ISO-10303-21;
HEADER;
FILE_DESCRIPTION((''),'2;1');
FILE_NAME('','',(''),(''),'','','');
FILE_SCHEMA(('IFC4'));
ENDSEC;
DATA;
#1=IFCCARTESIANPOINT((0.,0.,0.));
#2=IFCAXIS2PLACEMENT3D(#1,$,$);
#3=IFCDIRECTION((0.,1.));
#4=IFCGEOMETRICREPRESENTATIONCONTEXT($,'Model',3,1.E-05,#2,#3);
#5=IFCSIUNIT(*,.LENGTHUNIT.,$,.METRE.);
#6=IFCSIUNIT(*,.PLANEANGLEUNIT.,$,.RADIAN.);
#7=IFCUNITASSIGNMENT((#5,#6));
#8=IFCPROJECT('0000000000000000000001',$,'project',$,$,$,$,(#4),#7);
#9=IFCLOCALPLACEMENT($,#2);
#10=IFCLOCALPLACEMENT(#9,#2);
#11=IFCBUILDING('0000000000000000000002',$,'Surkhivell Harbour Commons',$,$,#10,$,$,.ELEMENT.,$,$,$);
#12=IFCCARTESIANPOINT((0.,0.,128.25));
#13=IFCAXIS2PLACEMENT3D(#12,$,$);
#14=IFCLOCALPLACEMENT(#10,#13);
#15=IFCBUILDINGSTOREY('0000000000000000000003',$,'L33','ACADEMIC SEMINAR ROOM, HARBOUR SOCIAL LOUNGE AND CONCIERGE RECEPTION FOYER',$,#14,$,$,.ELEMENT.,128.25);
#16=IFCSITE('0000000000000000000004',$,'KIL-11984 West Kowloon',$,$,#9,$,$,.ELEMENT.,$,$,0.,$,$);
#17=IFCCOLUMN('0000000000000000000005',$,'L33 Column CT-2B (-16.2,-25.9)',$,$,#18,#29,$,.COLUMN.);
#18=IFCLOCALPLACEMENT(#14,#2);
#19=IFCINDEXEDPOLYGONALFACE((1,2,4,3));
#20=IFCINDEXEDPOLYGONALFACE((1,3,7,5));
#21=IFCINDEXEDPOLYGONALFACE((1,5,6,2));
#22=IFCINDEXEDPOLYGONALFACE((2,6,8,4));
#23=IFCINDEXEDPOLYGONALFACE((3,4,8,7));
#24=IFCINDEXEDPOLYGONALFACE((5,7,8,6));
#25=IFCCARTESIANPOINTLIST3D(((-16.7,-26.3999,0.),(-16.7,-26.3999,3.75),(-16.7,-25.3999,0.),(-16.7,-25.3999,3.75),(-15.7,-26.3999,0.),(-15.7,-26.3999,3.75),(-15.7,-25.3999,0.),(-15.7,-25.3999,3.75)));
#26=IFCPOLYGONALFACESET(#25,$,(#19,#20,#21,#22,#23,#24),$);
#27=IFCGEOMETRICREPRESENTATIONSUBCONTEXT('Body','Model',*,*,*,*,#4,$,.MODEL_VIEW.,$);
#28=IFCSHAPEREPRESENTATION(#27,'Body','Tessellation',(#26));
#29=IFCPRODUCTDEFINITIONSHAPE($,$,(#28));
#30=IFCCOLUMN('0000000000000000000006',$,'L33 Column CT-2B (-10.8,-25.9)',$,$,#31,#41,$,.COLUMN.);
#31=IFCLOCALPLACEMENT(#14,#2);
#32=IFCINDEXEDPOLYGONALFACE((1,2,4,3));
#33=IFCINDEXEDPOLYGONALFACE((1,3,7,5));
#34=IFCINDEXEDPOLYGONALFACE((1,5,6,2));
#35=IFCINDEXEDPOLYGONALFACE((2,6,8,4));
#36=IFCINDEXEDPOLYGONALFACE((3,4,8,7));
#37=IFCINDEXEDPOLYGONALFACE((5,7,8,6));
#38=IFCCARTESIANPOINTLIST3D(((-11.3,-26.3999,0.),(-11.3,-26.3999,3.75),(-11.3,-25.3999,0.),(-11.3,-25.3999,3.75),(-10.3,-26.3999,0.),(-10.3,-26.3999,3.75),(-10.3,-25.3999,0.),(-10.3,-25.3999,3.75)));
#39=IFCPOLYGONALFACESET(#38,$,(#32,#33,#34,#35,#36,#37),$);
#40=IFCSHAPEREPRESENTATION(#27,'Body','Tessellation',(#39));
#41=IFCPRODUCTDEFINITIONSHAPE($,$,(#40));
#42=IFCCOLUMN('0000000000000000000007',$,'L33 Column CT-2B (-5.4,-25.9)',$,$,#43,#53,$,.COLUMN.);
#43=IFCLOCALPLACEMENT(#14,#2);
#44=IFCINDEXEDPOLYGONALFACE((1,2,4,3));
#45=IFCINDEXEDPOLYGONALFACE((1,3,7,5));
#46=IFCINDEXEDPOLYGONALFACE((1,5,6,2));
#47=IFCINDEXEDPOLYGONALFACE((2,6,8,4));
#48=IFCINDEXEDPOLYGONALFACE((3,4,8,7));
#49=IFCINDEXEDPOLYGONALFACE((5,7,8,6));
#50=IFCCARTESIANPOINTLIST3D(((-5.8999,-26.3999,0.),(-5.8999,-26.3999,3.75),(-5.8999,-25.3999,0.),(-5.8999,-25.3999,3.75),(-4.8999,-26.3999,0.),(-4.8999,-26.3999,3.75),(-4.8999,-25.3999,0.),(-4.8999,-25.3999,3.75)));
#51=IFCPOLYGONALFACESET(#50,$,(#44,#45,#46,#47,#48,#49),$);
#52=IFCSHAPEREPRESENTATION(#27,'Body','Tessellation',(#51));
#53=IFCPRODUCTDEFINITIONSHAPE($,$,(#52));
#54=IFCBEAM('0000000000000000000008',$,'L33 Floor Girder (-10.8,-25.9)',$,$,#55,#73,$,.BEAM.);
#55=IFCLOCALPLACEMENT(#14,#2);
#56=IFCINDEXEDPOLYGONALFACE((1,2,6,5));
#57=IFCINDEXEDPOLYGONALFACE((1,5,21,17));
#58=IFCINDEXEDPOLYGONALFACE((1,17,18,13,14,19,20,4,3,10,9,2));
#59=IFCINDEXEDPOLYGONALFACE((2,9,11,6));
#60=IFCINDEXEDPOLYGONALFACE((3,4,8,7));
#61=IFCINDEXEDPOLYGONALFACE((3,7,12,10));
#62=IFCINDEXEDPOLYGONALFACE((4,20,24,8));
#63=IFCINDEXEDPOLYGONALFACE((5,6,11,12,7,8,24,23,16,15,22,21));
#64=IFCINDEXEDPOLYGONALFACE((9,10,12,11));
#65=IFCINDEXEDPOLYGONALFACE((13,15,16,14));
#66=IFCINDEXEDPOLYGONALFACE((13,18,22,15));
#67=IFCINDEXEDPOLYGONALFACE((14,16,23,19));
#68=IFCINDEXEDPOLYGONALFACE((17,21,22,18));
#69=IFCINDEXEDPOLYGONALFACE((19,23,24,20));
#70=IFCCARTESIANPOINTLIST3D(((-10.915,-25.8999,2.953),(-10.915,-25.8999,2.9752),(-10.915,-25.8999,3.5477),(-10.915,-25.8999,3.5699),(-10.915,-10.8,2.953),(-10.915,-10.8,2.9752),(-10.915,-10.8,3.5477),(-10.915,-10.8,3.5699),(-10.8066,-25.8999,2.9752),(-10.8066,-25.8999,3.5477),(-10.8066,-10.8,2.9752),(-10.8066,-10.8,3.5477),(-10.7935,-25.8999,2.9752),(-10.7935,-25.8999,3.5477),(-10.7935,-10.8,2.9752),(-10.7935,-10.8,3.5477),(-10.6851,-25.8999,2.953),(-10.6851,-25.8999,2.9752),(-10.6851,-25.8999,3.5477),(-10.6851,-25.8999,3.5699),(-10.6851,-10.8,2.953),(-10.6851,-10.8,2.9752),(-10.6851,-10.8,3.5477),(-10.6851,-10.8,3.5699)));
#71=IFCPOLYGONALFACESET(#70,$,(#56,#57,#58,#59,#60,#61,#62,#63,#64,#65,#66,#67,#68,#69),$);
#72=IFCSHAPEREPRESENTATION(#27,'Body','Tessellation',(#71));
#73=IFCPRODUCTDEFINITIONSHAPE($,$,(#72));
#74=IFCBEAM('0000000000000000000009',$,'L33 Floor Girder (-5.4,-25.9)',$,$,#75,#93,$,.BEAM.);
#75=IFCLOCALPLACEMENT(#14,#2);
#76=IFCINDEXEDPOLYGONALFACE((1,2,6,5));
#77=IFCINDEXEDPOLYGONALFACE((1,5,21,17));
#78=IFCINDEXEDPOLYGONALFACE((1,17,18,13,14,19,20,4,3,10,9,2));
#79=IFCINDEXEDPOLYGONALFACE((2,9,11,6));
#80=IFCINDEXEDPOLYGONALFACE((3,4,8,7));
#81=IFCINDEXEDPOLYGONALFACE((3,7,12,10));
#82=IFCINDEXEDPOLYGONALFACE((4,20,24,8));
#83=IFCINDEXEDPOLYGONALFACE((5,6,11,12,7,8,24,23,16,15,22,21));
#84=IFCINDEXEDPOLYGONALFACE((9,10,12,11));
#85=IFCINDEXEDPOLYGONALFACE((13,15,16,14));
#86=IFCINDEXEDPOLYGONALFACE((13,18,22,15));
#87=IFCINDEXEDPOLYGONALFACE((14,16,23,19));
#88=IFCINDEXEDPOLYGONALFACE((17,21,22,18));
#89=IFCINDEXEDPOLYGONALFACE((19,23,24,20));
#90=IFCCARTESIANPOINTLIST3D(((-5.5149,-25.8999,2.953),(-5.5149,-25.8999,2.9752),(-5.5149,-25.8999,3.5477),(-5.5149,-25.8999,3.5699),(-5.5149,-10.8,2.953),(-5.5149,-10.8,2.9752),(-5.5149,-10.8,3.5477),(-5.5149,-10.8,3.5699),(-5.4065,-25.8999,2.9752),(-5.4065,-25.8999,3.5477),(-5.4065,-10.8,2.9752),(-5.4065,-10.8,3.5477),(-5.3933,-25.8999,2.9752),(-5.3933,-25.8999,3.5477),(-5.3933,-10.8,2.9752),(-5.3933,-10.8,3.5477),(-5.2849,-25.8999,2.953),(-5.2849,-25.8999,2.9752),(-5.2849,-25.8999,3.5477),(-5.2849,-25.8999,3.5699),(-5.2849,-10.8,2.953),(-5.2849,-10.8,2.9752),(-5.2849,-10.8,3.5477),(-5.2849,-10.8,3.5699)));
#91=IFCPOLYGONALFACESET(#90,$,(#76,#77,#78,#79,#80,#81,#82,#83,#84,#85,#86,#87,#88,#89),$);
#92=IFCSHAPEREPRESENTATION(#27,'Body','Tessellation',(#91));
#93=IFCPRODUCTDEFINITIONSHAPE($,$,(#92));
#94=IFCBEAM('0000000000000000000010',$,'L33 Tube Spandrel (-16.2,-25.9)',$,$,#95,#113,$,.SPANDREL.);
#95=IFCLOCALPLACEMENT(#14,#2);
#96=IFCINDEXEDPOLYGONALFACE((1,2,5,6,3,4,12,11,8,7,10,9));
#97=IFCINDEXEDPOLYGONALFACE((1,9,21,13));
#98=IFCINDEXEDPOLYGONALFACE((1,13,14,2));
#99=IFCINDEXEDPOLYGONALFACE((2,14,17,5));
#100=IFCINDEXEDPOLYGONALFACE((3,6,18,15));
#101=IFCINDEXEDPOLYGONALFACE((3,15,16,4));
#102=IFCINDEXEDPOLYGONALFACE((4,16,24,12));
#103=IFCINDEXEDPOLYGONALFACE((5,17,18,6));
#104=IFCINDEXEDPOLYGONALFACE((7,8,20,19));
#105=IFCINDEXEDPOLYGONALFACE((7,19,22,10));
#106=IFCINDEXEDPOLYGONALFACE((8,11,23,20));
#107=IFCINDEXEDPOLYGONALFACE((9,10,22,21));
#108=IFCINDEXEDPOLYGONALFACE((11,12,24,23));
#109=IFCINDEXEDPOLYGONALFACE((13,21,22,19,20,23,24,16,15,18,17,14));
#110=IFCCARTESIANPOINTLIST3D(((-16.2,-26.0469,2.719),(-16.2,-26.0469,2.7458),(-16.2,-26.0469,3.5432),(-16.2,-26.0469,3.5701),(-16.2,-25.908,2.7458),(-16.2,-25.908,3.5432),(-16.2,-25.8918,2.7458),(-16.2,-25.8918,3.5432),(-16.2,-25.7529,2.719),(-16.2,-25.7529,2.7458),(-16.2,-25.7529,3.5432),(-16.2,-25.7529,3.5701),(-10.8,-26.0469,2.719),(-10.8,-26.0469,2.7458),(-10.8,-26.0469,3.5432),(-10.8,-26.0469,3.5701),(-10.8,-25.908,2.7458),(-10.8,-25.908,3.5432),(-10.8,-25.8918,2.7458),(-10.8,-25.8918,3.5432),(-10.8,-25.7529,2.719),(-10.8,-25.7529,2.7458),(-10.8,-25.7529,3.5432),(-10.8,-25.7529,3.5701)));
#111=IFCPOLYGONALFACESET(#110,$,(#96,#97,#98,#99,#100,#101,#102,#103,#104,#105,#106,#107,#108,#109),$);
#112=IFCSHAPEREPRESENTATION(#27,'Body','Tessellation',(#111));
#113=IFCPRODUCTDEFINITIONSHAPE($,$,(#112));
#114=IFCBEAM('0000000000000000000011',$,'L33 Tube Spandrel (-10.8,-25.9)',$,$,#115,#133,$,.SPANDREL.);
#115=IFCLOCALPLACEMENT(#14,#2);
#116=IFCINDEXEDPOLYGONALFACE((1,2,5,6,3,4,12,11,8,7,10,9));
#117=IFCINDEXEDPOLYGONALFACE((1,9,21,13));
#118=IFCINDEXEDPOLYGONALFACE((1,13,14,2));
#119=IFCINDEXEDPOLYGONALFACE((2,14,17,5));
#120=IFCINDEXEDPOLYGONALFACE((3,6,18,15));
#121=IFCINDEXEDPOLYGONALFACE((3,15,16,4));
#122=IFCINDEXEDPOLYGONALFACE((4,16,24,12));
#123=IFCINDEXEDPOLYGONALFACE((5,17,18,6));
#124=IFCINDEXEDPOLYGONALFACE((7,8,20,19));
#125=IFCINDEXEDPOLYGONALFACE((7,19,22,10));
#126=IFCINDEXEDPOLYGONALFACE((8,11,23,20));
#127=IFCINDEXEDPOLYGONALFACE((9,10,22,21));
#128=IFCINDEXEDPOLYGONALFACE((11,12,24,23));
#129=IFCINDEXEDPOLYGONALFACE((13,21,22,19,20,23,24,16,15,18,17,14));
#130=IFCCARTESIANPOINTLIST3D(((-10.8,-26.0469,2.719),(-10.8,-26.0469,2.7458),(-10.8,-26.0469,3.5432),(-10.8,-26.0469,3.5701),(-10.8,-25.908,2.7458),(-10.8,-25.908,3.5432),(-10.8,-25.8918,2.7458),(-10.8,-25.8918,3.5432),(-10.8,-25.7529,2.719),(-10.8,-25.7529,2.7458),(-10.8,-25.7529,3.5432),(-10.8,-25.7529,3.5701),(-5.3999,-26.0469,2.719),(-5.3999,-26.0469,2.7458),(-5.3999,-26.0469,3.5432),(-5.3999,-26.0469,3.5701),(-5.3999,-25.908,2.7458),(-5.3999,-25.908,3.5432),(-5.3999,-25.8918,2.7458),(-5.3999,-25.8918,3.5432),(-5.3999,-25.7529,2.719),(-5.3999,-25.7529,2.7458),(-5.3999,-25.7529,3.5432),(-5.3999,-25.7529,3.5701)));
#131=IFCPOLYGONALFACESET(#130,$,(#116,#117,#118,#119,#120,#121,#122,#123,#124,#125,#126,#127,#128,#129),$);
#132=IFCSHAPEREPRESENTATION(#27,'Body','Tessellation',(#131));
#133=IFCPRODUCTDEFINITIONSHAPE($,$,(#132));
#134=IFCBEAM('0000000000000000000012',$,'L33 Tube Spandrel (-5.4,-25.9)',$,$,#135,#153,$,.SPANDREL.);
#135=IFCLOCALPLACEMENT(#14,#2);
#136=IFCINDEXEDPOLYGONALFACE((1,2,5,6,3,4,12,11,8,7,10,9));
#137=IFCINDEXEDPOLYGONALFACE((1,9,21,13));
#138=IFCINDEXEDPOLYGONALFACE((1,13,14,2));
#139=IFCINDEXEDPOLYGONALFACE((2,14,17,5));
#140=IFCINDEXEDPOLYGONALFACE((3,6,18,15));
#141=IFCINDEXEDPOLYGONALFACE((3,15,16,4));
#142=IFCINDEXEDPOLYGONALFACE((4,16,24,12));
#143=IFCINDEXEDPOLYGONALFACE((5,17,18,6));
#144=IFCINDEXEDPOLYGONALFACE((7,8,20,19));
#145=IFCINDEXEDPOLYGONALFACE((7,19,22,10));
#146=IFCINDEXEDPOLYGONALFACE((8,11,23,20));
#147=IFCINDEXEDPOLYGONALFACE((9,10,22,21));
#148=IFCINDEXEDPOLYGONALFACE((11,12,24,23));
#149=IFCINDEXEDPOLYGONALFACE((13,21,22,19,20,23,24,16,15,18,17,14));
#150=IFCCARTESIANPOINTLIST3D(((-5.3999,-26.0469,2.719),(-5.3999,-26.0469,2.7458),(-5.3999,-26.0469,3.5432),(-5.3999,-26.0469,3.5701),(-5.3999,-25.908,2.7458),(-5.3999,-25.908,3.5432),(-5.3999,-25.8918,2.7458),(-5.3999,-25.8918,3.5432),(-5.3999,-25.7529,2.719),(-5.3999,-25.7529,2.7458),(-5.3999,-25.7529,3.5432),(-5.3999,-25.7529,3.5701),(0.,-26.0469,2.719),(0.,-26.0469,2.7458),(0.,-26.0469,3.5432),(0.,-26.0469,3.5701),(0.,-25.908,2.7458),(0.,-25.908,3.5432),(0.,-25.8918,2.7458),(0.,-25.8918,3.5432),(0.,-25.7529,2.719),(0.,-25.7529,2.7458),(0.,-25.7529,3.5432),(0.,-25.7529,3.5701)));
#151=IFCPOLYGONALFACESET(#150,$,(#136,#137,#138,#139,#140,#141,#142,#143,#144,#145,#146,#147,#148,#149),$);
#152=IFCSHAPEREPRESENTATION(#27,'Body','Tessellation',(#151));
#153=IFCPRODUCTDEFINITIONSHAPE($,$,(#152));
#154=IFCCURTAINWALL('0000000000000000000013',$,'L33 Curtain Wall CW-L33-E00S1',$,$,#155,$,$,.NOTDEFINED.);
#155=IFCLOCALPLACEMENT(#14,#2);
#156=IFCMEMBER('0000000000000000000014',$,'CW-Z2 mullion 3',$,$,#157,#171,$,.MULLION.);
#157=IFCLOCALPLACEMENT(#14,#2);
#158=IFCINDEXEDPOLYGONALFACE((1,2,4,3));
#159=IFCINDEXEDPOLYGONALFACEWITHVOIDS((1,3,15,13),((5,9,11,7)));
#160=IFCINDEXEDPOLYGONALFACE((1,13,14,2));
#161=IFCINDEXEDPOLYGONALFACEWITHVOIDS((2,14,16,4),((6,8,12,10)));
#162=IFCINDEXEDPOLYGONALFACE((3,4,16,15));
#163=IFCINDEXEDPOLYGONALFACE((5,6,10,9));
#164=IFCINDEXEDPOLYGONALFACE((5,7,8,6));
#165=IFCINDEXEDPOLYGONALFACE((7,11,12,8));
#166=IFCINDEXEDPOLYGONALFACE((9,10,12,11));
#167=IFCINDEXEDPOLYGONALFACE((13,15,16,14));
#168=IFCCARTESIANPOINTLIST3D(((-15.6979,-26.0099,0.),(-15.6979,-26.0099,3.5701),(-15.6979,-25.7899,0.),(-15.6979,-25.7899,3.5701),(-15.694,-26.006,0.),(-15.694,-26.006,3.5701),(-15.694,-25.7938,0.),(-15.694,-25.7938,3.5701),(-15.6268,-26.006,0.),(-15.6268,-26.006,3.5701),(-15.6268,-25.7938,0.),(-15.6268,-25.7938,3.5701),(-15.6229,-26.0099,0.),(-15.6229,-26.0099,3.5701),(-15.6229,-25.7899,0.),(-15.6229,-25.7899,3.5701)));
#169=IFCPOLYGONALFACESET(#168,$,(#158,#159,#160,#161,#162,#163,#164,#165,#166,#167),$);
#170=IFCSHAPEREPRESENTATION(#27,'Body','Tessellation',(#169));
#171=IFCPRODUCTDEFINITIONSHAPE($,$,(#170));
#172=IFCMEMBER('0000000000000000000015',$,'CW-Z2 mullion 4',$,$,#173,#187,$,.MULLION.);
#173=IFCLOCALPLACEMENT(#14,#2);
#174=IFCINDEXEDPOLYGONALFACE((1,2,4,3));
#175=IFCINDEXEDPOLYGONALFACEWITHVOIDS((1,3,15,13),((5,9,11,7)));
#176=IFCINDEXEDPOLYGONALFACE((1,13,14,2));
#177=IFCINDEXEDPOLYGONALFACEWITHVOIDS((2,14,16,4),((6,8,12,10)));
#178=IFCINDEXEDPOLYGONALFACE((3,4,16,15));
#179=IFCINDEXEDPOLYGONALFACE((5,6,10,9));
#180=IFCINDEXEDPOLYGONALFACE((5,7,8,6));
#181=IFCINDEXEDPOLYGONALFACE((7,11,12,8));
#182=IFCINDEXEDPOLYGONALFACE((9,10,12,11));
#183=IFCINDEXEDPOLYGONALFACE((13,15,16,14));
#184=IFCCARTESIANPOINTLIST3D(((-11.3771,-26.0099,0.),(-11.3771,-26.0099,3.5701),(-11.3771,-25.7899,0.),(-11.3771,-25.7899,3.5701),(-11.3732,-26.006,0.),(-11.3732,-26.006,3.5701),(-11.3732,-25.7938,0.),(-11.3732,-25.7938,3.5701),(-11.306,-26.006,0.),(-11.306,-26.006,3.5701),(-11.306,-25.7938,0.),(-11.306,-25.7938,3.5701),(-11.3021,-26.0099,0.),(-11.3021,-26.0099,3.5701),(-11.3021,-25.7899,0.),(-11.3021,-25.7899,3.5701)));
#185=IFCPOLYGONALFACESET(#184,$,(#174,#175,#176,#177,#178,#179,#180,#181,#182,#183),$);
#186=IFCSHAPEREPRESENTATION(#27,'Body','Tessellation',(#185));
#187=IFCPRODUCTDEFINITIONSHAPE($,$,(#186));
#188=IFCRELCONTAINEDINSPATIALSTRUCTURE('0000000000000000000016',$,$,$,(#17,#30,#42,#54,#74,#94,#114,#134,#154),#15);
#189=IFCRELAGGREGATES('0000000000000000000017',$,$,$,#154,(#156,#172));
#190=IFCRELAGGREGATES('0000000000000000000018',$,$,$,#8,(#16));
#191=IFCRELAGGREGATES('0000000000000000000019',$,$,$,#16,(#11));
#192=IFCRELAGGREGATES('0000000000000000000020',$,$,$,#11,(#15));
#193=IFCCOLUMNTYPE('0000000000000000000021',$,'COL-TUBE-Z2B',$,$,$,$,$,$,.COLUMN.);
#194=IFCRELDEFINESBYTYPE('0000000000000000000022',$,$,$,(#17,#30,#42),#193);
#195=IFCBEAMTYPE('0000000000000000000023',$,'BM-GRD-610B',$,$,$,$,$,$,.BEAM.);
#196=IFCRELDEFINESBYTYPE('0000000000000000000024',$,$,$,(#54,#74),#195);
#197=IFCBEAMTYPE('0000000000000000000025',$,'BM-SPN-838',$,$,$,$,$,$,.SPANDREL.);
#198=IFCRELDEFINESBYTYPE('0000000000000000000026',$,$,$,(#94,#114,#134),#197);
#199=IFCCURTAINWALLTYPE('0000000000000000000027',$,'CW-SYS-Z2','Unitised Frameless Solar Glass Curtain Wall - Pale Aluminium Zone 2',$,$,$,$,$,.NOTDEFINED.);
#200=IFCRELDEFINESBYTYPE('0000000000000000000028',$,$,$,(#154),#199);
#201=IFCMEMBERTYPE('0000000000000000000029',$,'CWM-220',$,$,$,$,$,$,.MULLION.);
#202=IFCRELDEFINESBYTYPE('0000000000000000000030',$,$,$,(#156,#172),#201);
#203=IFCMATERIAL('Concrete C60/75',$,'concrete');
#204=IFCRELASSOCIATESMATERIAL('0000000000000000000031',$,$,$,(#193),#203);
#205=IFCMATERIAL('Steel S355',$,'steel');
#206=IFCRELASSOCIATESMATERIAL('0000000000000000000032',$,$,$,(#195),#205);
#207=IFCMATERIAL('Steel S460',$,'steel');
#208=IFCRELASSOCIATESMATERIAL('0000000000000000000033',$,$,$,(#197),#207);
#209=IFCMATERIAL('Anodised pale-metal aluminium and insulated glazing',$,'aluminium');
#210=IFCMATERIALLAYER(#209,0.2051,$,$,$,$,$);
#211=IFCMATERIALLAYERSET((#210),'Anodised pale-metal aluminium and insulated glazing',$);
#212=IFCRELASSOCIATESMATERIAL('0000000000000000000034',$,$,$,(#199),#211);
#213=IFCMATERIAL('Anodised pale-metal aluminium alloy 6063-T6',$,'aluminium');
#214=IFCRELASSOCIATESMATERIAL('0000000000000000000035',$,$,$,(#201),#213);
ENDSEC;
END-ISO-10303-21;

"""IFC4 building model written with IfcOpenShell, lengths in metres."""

from ifc_helpers import new_model, si_unit, direction, frame, origin, origin_2d, place, context, subcontext, project, spatial, rectangle, hollow_rectangle, i_section, extrude, material, layer, layer_set, material_profile, profile_set, type_object, element, aggregate, save


model = new_model("IFC4")

# Units and contexts
model_context = context("Model", 3, precision=1e-05, world=origin(), true_north=direction((0.0, 1.0)))
body_context = subcontext(model_context, "Body", "Model", "MODEL_VIEW")
ifc_project = project(units=[si_unit("LENGTHUNIT", "METRE"), si_unit("PLANEANGLEUNIT", "RADIAN")], contexts=[model_context])

# Site, building, storey
site_placement = place(None, origin())
site = spatial("IfcSite", under=ifc_project, at=site_placement, Name="KIL-11984 West Kowloon", CompositionType="ELEMENT", RefElevation=0.0)
building_placement = place(site_placement, origin())
building = spatial("IfcBuilding", under=site, at=building_placement, Name="Surkhivell Harbour Commons", CompositionType="ELEMENT")
storey_placement = place(building_placement, frame((0.0, 0.0, 128.25)))
storey = spatial("IfcBuildingStorey", under=building, at=storey_placement, Name="L33", Description="ACADEMIC SEMINAR ROOM, HARBOUR SOCIAL LOUNGE AND CONCIERGE RECEPTION FOYER", CompositionType="ELEMENT", Elevation=128.25)

# Columns
ifc_material_1 = material(Name="Concrete C60/75", Category="concrete")
ifc_material_profile_1 = material_profile(ifc_material_1, rectangle(XDim=1.0, YDim=1.0, at=origin_2d()), Name="RC-COL-1000x1000")
ifc_profile_set_1 = profile_set([ifc_material_profile_1], Name="Concrete C60/75")
column_type = type_object("IfcColumnType", Name="COL-TUBE-Z2B", PredefinedType="COLUMN", material=ifc_profile_set_1)
for number, where, z_axis, x_axis, name in (
    (1, (-16.2, -25.8999, 0.0), (0.0, 0.0, 1.0), (1.0, 0.0, 0.0), "L33 Column CT-2B (-16.2,-25.9)"),
    (2, (-10.8, -25.8999, 0.0), (0.0, 0.0, 1.0), (1.0, 0.0, 0.0), "L33 Column CT-2B (-10.8,-25.9)"),
    (3, (-5.3999, -25.8999, 0.0), (0.0, 0.0, 1.0), (1.0, 0.0, 0.0), "L33 Column CT-2B (-5.4,-25.9)"),
):
    element("IfcColumn", number, at=place(storey_placement, frame(where, z_axis=z_axis, x_axis=x_axis)), inside=storey, type_object=column_type, Name=name, PredefinedType="COLUMN", context=body_context, shape_type="SweptSolid", body=[
        extrude(rectangle(XDim=1.0, YDim=1.0, at=origin_2d()), origin(), (0.0, 0.0, 1.0), 3.75),
    ])

# Beams
ifc_material_2 = material(Name="Steel S355", Category="steel")
ifc_material_profile_2 = material_profile(ifc_material_2, i_section(OverallWidth=0.23, OverallDepth=0.6169, WebThickness=0.0132, FlangeThickness=0.0222, at=origin_2d()), Name="UB610x229x140")
ifc_profile_set_2 = profile_set([ifc_material_profile_2], Name="Steel S355")
beam_type_1 = type_object("IfcBeamType", Name="BM-GRD-610B", PredefinedType="BEAM", material=ifc_profile_set_2)
for number, where, z_axis, x_axis, name in (
    (4, (-10.8, -25.8999, 3.2615), (0.0, 1.0, 0.0), (-1.0, 0.0, 0.0), "L33 Floor Girder (-10.8,-25.9)"),
    (5, (-5.3999, -25.8999, 3.2615), (0.0, 1.0, 0.0), (-1.0, 0.0, 0.0), "L33 Floor Girder (-5.4,-25.9)"),
):
    element("IfcBeam", number, at=place(storey_placement, frame(where, z_axis=z_axis, x_axis=x_axis)), inside=storey, type_object=beam_type_1, Name=name, PredefinedType="BEAM", context=body_context, shape_type="SweptSolid", body=[
        extrude(i_section(OverallWidth=0.23, OverallDepth=0.6169, WebThickness=0.0132, FlangeThickness=0.0222, at=origin_2d()), origin(), (0.0, 0.0, 1.0), 15.0999),
    ])
ifc_material_3 = material(Name="Steel S460", Category="steel")
ifc_material_profile_3 = material_profile(ifc_material_3, i_section(OverallWidth=0.2939, OverallDepth=0.8511, WebThickness=0.0161, FlangeThickness=0.0269, at=origin_2d()), Name="UB838x292x226")
ifc_profile_set_3 = profile_set([ifc_material_profile_3], Name="Steel S460")
beam_type_2 = type_object("IfcBeamType", Name="BM-SPN-838", PredefinedType="SPANDREL", material=ifc_profile_set_3)
beam_1_placement = place(storey_placement, frame((-16.2, -25.8999, 3.1445), z_axis=(1.0, 0.0, 0.0), x_axis=(0.0, 1.0, 0.0)))
element("IfcBeam", 6, at=beam_1_placement, inside=storey, type_object=beam_type_2, Name="L33 Tube Spandrel (-16.2,-25.9)", PredefinedType="SPANDREL", context=body_context, shape_type="SweptSolid", body=[
    extrude(i_section(OverallWidth=0.2939, OverallDepth=0.8511, WebThickness=0.0161, FlangeThickness=0.0269, at=origin_2d()), origin(), (0.0, 0.0, 1.0), 5.3999),
])
beam_2_placement = place(storey_placement, frame((-10.8, -25.8999, 3.1445), z_axis=(1.0, 0.0, 0.0), x_axis=(0.0, 1.0, 0.0)))
element("IfcBeam", 7, at=beam_2_placement, inside=storey, type_object=beam_type_2, Name="L33 Tube Spandrel (-10.8,-25.9)", PredefinedType="SPANDREL", context=body_context, shape_type="SweptSolid", body=[
    extrude(i_section(OverallWidth=0.2939, OverallDepth=0.8511, WebThickness=0.0161, FlangeThickness=0.0269, at=origin_2d()), origin(), (0.0, 0.0, 1.0), 5.4001),
])
beam_3_placement = place(storey_placement, frame((-5.3999, -25.8999, 3.1445), z_axis=(1.0, 0.0, 0.0), x_axis=(0.0, 1.0, 0.0)))
element("IfcBeam", 8, at=beam_3_placement, inside=storey, type_object=beam_type_2, Name="L33 Tube Spandrel (-5.4,-25.9)", PredefinedType="SPANDREL", context=body_context, shape_type="SweptSolid", body=[
    extrude(i_section(OverallWidth=0.2939, OverallDepth=0.8511, WebThickness=0.0161, FlangeThickness=0.0269, at=origin_2d()), origin(), (0.0, 0.0, 1.0), 5.3999),
])

# Curtain wall, members
ifc_material_4 = material(Name="Anodised pale-metal aluminium and insulated glazing", Category="aluminium")
ifc_layer_1 = layer(ifc_material_4, 0.2051)
ifc_layer_set_1 = layer_set([ifc_layer_1], Name="Anodised pale-metal aluminium and insulated glazing")
curtain_wall_type = type_object("IfcCurtainWallType", Name="CW-SYS-Z2", Description="Unitised Frameless Solar Glass Curtain Wall - Pale Aluminium Zone 2", PredefinedType="NOTDEFINED", material=ifc_layer_set_1)
curtain_wall_1_placement = place(storey_placement, origin())
curtain_wall_1 = element("IfcCurtainWall", 9, at=curtain_wall_1_placement, inside=storey, type_object=curtain_wall_type, Name="L33 Curtain Wall CW-L33-E00S1", PredefinedType="NOTDEFINED")
ifc_material_5 = material(Name="Anodised pale-metal aluminium alloy 6063-T6", Category="aluminium")
ifc_material_profile_4 = material_profile(ifc_material_5, hollow_rectangle(XDim=0.075, YDim=0.22, WallThickness=0.0039, at=origin_2d()), Name="ALU-MULL-75x220")
ifc_profile_set_4 = profile_set([ifc_material_profile_4], Name="Anodised pale-metal aluminium alloy 6063-T6")
member_type_1 = type_object("IfcMemberType", Name="CWM-220", PredefinedType="MULLION", material=ifc_profile_set_4)
member_1_placement = place(storey_placement, frame((-15.6604, -25.8999, 0.0), z_axis=(0.0, 0.0, 1.0), x_axis=(1.0, 0.0, 0.0)))
member_1 = element("IfcMember", 10, at=member_1_placement, type_object=member_type_1, Name="CW-Z2 mullion 3", PredefinedType="MULLION", context=body_context, shape_type="SweptSolid", body=[
    extrude(hollow_rectangle(XDim=0.075, YDim=0.22, WallThickness=0.0039, at=origin_2d()), origin(), (0.0, 0.0, 1.0), 3.5701),
])
member_2_placement = place(storey_placement, frame((-11.3396, -25.8999, 0.0), z_axis=(0.0, 0.0, 1.0), x_axis=(1.0, 0.0, 0.0)))
member_2 = element("IfcMember", 11, at=member_2_placement, type_object=member_type_1, Name="CW-Z2 mullion 4", PredefinedType="MULLION", context=body_context, shape_type="SweptSolid", body=[
    extrude(hollow_rectangle(XDim=0.075, YDim=0.22, WallThickness=0.0039, at=origin_2d()), origin(), (0.0, 0.0, 1.0), 3.5701),
])

aggregate(curtain_wall_1, [member_1, member_2])

save(model, "model.ifc")
